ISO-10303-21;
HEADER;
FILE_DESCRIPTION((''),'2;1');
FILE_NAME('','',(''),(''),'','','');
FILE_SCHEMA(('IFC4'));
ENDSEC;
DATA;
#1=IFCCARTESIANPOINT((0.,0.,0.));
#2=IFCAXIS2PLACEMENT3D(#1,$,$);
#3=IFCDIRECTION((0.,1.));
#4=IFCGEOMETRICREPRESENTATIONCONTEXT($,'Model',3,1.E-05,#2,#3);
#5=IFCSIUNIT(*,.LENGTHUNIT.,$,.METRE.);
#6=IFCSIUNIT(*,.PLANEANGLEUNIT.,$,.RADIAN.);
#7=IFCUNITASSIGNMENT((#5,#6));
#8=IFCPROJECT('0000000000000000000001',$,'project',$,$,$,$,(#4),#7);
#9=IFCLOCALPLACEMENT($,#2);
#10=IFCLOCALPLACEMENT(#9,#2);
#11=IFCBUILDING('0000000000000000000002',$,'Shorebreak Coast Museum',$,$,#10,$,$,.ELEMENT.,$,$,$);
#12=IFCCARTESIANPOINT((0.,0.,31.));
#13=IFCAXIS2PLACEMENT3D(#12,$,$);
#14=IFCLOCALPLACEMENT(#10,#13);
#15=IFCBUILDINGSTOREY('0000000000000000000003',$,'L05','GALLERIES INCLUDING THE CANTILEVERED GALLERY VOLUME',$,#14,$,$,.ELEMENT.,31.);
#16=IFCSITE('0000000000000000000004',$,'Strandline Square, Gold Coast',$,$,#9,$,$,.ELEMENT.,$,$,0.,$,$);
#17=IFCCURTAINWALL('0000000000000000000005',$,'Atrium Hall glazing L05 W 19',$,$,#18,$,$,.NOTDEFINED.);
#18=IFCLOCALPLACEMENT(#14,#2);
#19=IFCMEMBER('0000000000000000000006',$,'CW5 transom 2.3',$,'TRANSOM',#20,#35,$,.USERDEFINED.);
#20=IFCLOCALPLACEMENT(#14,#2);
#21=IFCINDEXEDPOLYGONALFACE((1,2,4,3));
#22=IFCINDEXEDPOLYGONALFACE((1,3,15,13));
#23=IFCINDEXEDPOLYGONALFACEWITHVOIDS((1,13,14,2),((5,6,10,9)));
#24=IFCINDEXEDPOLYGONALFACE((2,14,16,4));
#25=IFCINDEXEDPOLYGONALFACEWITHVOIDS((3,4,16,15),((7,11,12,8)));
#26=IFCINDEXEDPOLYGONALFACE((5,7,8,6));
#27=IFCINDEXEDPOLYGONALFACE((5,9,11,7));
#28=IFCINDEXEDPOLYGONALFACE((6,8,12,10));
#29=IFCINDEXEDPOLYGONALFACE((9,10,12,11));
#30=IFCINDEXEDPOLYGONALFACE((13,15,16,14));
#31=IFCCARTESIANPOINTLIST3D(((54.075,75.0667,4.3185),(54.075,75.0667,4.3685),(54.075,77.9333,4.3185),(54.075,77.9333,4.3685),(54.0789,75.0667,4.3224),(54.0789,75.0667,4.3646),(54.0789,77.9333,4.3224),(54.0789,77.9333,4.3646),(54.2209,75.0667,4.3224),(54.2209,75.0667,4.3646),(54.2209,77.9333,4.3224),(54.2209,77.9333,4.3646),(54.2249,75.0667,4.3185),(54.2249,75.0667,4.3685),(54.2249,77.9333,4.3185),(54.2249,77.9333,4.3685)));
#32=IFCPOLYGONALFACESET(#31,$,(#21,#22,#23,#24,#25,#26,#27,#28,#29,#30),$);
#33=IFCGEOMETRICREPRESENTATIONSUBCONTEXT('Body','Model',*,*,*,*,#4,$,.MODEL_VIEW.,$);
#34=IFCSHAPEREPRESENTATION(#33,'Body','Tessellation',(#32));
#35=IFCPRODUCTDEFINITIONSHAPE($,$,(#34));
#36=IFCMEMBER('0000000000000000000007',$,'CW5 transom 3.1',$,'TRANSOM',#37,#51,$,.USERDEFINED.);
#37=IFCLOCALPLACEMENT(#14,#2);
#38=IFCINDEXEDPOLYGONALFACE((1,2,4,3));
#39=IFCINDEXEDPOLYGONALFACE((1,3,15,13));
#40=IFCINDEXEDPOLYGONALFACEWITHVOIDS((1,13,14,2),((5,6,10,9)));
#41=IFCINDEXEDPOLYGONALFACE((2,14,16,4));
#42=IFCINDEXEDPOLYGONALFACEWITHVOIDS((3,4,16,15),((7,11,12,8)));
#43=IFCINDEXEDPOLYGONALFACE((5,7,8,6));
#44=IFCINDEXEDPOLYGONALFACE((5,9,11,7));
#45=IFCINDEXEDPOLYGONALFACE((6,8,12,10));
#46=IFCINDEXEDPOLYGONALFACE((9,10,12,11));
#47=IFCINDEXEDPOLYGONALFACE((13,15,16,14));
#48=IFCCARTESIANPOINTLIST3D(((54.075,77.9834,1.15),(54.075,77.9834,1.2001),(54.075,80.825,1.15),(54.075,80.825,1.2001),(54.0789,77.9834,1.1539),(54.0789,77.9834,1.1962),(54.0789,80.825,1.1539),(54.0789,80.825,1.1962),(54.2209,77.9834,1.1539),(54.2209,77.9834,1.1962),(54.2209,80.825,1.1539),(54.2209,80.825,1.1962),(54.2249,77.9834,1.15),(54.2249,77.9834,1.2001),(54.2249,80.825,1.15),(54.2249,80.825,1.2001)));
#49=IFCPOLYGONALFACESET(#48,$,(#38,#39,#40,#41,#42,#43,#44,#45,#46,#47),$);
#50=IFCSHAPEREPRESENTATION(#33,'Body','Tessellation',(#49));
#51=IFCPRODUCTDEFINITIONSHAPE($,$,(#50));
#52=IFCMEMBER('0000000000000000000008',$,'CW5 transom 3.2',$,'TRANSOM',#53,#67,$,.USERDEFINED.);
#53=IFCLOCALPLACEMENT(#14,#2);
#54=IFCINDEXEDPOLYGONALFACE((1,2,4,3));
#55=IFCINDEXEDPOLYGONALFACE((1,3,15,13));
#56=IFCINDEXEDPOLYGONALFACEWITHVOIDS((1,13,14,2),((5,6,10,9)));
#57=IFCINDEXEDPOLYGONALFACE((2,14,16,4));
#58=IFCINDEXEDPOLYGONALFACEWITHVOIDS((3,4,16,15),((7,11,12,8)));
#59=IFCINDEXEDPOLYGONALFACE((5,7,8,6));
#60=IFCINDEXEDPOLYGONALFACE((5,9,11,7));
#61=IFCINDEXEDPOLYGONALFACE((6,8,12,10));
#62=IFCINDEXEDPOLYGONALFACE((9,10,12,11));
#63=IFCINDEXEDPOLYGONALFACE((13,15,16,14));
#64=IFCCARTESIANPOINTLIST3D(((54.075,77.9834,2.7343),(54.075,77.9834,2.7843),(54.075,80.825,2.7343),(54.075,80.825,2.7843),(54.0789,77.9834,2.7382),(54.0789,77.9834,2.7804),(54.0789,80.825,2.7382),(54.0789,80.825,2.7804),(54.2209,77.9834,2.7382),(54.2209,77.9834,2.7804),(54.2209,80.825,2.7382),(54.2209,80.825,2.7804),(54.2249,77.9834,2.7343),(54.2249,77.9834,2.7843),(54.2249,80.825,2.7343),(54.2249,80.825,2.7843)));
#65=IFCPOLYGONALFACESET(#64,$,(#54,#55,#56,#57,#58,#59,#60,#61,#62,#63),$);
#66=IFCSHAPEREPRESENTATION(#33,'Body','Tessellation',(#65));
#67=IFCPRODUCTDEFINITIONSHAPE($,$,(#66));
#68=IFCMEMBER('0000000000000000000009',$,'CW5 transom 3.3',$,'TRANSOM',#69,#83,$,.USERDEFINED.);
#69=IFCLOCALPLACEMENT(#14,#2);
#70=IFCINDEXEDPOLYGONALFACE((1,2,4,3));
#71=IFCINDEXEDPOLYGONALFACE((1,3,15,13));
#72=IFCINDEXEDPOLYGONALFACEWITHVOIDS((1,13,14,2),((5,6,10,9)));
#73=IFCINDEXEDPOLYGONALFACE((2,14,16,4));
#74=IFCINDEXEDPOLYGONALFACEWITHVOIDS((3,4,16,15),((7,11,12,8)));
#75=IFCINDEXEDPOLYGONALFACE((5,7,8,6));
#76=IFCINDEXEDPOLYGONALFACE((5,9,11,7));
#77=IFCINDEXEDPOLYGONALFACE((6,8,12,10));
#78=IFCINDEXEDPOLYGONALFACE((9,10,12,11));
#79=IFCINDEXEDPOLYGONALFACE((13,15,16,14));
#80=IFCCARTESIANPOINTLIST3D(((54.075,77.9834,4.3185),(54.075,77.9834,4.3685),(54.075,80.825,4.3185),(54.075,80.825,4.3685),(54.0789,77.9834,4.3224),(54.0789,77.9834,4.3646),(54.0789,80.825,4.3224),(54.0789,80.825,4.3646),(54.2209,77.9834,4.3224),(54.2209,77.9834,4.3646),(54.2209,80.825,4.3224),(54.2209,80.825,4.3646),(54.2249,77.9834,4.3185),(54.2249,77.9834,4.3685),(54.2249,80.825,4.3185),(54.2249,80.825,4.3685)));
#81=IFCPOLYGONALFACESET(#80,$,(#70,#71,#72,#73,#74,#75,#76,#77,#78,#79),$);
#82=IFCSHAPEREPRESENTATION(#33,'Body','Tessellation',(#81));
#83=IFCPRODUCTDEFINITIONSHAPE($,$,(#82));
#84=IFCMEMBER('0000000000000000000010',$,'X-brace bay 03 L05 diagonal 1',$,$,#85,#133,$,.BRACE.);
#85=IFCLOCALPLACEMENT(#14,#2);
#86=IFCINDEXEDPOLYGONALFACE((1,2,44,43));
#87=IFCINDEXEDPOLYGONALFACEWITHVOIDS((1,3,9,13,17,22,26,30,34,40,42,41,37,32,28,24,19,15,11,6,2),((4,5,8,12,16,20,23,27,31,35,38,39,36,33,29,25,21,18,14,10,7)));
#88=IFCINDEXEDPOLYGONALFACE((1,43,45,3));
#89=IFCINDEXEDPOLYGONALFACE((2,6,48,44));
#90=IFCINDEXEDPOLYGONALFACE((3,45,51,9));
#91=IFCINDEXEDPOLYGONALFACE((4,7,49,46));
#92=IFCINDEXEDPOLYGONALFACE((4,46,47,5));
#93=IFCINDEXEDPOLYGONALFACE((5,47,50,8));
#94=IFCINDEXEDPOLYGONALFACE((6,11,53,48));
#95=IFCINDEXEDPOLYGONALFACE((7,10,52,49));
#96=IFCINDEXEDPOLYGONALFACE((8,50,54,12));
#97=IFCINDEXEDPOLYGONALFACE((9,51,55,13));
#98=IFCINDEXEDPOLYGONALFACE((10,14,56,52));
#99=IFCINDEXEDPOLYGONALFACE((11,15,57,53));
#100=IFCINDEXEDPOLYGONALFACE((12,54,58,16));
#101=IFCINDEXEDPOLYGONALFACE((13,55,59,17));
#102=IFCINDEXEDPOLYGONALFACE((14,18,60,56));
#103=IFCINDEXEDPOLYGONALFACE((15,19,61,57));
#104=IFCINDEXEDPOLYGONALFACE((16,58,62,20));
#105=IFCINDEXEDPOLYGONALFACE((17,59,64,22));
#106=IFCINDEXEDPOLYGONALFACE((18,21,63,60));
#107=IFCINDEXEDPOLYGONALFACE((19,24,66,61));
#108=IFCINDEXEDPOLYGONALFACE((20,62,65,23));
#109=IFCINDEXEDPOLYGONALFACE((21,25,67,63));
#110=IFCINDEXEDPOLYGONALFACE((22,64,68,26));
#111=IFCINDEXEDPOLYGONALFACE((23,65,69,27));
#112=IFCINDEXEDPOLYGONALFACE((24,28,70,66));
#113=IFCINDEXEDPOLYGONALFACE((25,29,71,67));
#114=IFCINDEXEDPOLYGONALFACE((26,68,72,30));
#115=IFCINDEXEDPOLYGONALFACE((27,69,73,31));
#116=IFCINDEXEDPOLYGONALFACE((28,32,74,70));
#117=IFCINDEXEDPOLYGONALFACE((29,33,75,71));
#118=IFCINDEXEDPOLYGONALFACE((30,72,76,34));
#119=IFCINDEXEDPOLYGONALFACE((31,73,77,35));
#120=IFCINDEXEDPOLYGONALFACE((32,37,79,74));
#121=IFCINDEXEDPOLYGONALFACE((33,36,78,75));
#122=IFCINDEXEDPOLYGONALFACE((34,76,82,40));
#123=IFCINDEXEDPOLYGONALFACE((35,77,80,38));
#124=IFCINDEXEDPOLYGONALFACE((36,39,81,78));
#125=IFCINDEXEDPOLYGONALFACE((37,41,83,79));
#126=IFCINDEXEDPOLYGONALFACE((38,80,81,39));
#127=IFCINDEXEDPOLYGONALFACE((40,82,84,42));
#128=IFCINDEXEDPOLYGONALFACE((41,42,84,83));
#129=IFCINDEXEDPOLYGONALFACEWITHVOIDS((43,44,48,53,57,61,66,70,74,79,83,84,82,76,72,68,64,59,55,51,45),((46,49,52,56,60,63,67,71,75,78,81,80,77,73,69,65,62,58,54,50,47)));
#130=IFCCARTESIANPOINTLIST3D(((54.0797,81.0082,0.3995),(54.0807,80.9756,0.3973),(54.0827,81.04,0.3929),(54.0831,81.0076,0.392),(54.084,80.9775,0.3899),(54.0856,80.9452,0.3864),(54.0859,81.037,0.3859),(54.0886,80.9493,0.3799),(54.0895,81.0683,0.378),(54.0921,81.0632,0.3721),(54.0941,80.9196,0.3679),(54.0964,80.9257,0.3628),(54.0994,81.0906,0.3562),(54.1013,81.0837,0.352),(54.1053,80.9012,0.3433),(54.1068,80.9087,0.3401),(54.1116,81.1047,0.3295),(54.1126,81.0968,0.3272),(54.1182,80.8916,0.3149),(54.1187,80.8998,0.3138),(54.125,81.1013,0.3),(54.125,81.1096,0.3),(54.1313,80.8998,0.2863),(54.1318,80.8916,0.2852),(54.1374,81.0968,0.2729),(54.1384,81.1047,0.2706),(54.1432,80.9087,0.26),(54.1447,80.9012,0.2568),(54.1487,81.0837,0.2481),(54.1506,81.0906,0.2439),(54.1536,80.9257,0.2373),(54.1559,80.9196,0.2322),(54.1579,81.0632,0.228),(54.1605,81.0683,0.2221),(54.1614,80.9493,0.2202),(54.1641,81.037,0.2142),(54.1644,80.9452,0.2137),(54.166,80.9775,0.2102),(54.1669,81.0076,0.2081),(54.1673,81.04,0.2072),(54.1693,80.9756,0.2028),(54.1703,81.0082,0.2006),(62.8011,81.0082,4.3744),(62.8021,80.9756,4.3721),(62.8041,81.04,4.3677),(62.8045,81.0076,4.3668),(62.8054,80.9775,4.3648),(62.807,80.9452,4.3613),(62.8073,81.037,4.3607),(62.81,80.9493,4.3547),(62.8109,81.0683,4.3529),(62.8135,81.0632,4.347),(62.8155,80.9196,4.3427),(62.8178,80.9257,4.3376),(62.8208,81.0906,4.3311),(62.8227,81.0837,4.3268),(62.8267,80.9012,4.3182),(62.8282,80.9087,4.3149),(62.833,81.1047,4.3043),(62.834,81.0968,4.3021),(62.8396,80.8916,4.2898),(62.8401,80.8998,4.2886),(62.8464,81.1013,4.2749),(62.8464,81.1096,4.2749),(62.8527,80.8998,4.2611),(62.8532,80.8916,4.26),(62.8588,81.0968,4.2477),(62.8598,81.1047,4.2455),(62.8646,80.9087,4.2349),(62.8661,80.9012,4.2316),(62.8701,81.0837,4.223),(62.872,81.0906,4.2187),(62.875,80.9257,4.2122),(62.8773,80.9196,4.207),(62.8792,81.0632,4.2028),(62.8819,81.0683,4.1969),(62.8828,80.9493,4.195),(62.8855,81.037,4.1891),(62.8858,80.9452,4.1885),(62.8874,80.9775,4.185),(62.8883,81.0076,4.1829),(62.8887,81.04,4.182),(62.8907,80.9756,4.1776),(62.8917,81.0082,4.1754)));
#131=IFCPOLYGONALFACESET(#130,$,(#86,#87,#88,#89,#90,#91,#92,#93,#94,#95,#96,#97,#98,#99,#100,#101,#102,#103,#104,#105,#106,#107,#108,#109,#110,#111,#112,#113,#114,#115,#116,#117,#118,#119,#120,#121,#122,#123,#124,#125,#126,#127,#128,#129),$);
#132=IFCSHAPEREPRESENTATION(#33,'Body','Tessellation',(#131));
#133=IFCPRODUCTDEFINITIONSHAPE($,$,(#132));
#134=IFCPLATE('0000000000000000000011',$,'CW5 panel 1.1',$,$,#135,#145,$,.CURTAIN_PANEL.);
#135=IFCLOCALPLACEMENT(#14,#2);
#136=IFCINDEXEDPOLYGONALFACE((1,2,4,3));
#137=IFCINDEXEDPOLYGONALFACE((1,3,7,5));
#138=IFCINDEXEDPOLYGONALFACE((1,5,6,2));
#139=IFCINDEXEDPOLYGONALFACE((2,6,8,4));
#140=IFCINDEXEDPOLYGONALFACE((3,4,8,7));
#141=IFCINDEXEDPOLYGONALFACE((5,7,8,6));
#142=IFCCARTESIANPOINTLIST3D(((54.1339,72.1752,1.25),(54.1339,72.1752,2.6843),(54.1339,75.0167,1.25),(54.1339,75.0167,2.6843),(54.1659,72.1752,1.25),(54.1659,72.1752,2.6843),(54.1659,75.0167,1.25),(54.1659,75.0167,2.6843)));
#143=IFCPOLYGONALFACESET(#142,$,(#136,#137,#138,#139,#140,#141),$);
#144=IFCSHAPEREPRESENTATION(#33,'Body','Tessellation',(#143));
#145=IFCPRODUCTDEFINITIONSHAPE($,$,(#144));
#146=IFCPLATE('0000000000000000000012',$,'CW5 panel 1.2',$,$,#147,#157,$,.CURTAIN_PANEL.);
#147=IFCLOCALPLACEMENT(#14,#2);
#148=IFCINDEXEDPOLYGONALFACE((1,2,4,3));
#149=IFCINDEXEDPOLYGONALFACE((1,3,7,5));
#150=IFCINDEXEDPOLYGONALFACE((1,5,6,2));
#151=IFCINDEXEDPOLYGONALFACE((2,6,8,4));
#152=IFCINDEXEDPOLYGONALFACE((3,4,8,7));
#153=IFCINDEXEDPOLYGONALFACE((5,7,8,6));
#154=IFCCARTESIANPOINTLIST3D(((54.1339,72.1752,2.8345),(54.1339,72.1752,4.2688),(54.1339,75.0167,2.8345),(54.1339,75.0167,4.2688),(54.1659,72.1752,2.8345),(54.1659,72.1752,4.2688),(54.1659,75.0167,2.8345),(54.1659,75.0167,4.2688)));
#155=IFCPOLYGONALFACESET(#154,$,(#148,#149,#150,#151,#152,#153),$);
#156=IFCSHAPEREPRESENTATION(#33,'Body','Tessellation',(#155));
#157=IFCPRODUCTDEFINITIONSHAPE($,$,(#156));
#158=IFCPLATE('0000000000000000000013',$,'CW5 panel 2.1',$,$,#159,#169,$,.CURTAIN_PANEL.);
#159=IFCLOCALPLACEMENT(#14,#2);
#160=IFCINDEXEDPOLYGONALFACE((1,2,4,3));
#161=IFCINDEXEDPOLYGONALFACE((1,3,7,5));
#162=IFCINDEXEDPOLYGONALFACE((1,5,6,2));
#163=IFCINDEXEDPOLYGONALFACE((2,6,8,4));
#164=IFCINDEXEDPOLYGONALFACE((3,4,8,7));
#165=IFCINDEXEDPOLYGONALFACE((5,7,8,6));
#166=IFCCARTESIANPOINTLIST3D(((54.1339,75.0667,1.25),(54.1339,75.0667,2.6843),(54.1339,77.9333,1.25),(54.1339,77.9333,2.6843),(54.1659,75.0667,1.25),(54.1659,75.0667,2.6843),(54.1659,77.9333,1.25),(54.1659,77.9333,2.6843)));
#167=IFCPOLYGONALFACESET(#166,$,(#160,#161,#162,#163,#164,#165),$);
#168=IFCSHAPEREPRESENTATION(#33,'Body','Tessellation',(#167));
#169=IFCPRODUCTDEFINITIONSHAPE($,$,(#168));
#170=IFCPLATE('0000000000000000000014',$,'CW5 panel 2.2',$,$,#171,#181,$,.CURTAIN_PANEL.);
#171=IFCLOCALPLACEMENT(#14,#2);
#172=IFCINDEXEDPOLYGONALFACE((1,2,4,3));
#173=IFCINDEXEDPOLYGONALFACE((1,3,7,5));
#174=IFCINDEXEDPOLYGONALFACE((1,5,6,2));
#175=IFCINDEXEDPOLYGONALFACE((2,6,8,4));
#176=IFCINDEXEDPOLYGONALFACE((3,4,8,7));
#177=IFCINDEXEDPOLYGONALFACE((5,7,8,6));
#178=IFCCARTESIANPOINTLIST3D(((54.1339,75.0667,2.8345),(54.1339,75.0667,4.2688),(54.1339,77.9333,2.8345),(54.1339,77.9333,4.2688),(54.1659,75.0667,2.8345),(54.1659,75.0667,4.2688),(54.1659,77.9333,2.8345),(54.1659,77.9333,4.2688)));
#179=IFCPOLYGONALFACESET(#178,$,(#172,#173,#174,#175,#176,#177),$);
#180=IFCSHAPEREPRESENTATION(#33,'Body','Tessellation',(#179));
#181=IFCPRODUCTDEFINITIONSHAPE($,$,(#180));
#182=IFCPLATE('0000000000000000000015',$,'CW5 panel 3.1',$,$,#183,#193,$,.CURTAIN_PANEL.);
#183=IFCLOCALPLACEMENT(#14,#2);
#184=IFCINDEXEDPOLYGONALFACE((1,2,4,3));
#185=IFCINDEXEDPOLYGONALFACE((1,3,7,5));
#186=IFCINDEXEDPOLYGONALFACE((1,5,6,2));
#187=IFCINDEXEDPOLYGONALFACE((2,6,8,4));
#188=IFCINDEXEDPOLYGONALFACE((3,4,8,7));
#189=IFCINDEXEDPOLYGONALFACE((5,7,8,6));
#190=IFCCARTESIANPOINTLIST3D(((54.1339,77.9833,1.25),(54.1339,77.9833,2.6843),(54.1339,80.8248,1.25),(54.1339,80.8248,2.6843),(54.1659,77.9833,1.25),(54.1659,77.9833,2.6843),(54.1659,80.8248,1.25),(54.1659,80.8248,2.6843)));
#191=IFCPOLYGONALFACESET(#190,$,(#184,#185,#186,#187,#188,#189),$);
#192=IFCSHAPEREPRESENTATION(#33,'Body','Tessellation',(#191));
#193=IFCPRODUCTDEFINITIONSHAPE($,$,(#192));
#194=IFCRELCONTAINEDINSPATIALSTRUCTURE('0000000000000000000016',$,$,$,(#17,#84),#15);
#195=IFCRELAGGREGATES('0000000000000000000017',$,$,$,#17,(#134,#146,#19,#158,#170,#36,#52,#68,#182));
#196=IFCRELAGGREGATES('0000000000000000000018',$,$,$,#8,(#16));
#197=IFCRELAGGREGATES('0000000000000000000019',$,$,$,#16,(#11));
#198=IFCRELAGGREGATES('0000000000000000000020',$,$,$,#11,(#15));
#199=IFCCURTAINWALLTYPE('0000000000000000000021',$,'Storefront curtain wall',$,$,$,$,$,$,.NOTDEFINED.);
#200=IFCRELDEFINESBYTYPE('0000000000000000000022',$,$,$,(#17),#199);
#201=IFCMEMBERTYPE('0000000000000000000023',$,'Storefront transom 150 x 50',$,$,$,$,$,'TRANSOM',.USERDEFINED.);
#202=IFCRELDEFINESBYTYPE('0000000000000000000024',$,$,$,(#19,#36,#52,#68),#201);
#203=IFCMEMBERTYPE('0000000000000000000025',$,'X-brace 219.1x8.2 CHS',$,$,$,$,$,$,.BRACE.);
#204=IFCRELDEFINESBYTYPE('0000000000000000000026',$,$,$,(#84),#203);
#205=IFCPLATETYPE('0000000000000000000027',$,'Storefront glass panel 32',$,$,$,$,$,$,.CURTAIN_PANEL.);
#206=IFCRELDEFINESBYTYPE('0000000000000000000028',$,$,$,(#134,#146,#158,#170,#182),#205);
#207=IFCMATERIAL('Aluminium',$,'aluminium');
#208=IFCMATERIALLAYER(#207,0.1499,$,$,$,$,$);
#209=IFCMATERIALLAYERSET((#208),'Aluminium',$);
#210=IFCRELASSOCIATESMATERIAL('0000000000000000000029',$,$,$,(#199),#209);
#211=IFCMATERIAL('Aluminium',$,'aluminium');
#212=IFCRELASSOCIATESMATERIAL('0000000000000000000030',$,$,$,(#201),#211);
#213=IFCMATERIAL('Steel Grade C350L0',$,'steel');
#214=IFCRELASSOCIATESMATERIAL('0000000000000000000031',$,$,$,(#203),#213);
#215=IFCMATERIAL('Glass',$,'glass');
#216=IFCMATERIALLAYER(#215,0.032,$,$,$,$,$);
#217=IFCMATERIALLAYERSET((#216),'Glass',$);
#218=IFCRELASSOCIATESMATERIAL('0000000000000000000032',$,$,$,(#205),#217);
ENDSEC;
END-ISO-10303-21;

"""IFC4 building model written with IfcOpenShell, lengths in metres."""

from ifc_helpers import new_model, si_unit, direction, frame, origin, origin_2d, place, context, subcontext, project, spatial, rectangle, hollow_rectangle, hollow_circle, extrude, material, layer, layer_set, material_profile, profile_set, type_object, element, aggregate, save


model = new_model("IFC4")

# Units and contexts
model_context = context("Model", 3, precision=1e-05, world=origin(), true_north=direction((0.0, 1.0)))
body_context = subcontext(model_context, "Body", "Model", "MODEL_VIEW")
ifc_project = project(units=[si_unit("LENGTHUNIT", "METRE"), si_unit("PLANEANGLEUNIT", "RADIAN")], contexts=[model_context])

# Site, building, storey
site_placement = place(None, origin())
site = spatial("IfcSite", under=ifc_project, at=site_placement, Name="Strandline Square, Gold Coast", CompositionType="ELEMENT", RefElevation=0.0)
building_placement = place(site_placement, origin())
building = spatial("IfcBuilding", under=site, at=building_placement, Name="Shorebreak Coast Museum", CompositionType="ELEMENT")
storey_placement = place(building_placement, frame((0.0, 0.0, 31.0)))
storey = spatial("IfcBuildingStorey", under=building, at=storey_placement, Name="L05", Description="GALLERIES INCLUDING THE CANTILEVERED GALLERY VOLUME", CompositionType="ELEMENT", Elevation=31.0)

# Curtain wall, members
ifc_material_1 = material(Name="Aluminium", Category="aluminium")
ifc_layer_1 = layer(ifc_material_1, 0.1499)
ifc_layer_set_1 = layer_set([ifc_layer_1], Name="Aluminium")
curtain_wall_type = type_object("IfcCurtainWallType", Name="Storefront curtain wall", PredefinedType="NOTDEFINED", material=ifc_layer_set_1)
curtain_wall_placement = place(storey_placement, origin())
curtain_wall = element("IfcCurtainWall", 1, at=curtain_wall_placement, inside=storey, type_object=curtain_wall_type, Name="Atrium Hall glazing L05 W 19", PredefinedType="NOTDEFINED")
ifc_material_2 = material(Name="Aluminium", Category="aluminium")
ifc_material_profile_1 = material_profile(ifc_material_2, hollow_rectangle(XDim=0.1499, YDim=0.05, WallThickness=0.0039, at=origin_2d()), Name="AL 50x150 RHS")
ifc_profile_set_1 = profile_set([ifc_material_profile_1], Name="Aluminium")
member_type_1 = type_object("IfcMemberType", Name="Storefront transom 150 x 50", ElementType="TRANSOM", PredefinedType="USERDEFINED", material=ifc_profile_set_1)
member_1_placement = place(storey_placement, frame((54.1499, 75.0667, 4.3435), z_axis=(0.0, 1.0, 0.0), x_axis=(-1.0, 0.0, 0.0)))
member_1 = element("IfcMember", 2, at=member_1_placement, type_object=member_type_1, Name="CW5 transom 2.3", ObjectType="TRANSOM", PredefinedType="USERDEFINED", context=body_context, shape_type="SweptSolid", body=[
    extrude(hollow_rectangle(XDim=0.1499, YDim=0.05, WallThickness=0.0039, at=origin_2d()), origin(), (0.0, 0.0, 1.0), 2.8667),
])
member_2_placement = place(storey_placement, frame((54.1499, 77.9834, 1.175), z_axis=(0.0, 1.0, 0.0), x_axis=(-1.0, 0.0, 0.0)))
member_2 = element("IfcMember", 3, at=member_2_placement, type_object=member_type_1, Name="CW5 transom 3.1", ObjectType="TRANSOM", PredefinedType="USERDEFINED", context=body_context, shape_type="SweptSolid", body=[
    extrude(hollow_rectangle(XDim=0.1499, YDim=0.05, WallThickness=0.0039, at=origin_2d()), origin(), (0.0, 0.0, 1.0), 2.8416),
])
member_3_placement = place(storey_placement, frame((54.1499, 77.9834, 2.7593), z_axis=(0.0, 1.0, 0.0), x_axis=(-1.0, 0.0, 0.0)))
member_3 = element("IfcMember", 4, at=member_3_placement, type_object=member_type_1, Name="CW5 transom 3.2", ObjectType="TRANSOM", PredefinedType="USERDEFINED", context=body_context, shape_type="SweptSolid", body=[
    extrude(hollow_rectangle(XDim=0.1499, YDim=0.05, WallThickness=0.0039, at=origin_2d()), origin(), (0.0, 0.0, 1.0), 2.8416),
])
member_4_placement = place(storey_placement, frame((54.1499, 77.9834, 4.3435), z_axis=(0.0, 1.0, 0.0), x_axis=(-1.0, 0.0, 0.0)))
member_4 = element("IfcMember", 5, at=member_4_placement, type_object=member_type_1, Name="CW5 transom 3.3", ObjectType="TRANSOM", PredefinedType="USERDEFINED", context=body_context, shape_type="SweptSolid", body=[
    extrude(hollow_rectangle(XDim=0.1499, YDim=0.05, WallThickness=0.0039, at=origin_2d()), origin(), (0.0, 0.0, 1.0), 2.8416),
])

# Member
ifc_material_3 = material(Name="Steel Grade C350L0", Category="steel")
ifc_material_profile_2 = material_profile(ifc_material_3, hollow_circle(Radius=0.1096, WallThickness=0.0083, at=origin_2d()), Name="219.1x8.2 CHS")
ifc_profile_set_2 = profile_set([ifc_material_profile_2], Name="Steel Grade C350L0")
member_type_2 = type_object("IfcMemberType", Name="X-brace 219.1x8.2 CHS", PredefinedType="BRACE", material=ifc_profile_set_2)
member_5_placement = place(storey_placement, frame((54.125, 81.0, 0.3), z_axis=(0.909951, 0.0, 0.414716), x_axis=(0.0, 1.0, 0.0)))
element("IfcMember", 6, at=member_5_placement, inside=storey, type_object=member_type_2, Name="X-brace bay 03 L05 diagonal 1", PredefinedType="BRACE", context=body_context, shape_type="SweptSolid", body=[
    extrude(hollow_circle(Radius=0.1096, WallThickness=0.0083, at=origin_2d()), origin(), (0.0, 0.0, 1.0), 9.5845),
])

# Plates
ifc_material_4 = material(Name="Glass", Category="glass")
ifc_layer_2 = layer(ifc_material_4, 0.032)
ifc_layer_set_2 = layer_set([ifc_layer_2], Name="Glass")
plate_type = type_object("IfcPlateType", Name="Storefront glass panel 32", PredefinedType="CURTAIN_PANEL", material=ifc_layer_set_2)
plate_1_placement = place(storey_placement, frame((54.1499, 73.5959, 1.25), z_axis=(0.0, 0.0, 1.0), x_axis=(0.0, 1.0, 0.0)))
plate_1 = element("IfcPlate", 7, at=plate_1_placement, type_object=plate_type, Name="CW5 panel 1.1", PredefinedType="CURTAIN_PANEL", context=body_context, shape_type="SweptSolid", body=[
    extrude(rectangle(XDim=2.8416, YDim=0.032, at=origin_2d()), origin(), (0.0, 0.0, 1.0), 1.4343),
])
plate_2_placement = place(storey_placement, frame((54.1499, 73.5959, 2.8345), z_axis=(0.0, 0.0, 1.0), x_axis=(0.0, 1.0, 0.0)))
plate_2 = element("IfcPlate", 8, at=plate_2_placement, type_object=plate_type, Name="CW5 panel 1.2", PredefinedType="CURTAIN_PANEL", context=body_context, shape_type="SweptSolid", body=[
    extrude(rectangle(XDim=2.8416, YDim=0.032, at=origin_2d()), origin(), (0.0, 0.0, 1.0), 1.4343),
])
plate_3_placement = place(storey_placement, frame((54.1499, 76.5, 1.25), z_axis=(0.0, 0.0, 1.0), x_axis=(0.0, 1.0, 0.0)))
plate_3 = element("IfcPlate", 9, at=plate_3_placement, type_object=plate_type, Name="CW5 panel 2.1", PredefinedType="CURTAIN_PANEL", context=body_context, shape_type="SweptSolid", body=[
    extrude(rectangle(XDim=2.8667, YDim=0.032, at=origin_2d()), origin(), (0.0, 0.0, 1.0), 1.4343),
])
plate_4_placement = place(storey_placement, frame((54.1499, 76.5, 2.8345), z_axis=(0.0, 0.0, 1.0), x_axis=(0.0, 1.0, 0.0)))
plate_4 = element("IfcPlate", 10, at=plate_4_placement, type_object=plate_type, Name="CW5 panel 2.2", PredefinedType="CURTAIN_PANEL", context=body_context, shape_type="SweptSolid", body=[
    extrude(rectangle(XDim=2.8667, YDim=0.032, at=origin_2d()), origin(), (0.0, 0.0, 1.0), 1.4343),
])
plate_5_placement = place(storey_placement, frame((54.1499, 79.4041, 1.25), z_axis=(0.0, 0.0, 1.0), x_axis=(0.0, 1.0, 0.0)))
plate_5 = element("IfcPlate", 11, at=plate_5_placement, type_object=plate_type, Name="CW5 panel 3.1", PredefinedType="CURTAIN_PANEL", context=body_context, shape_type="SweptSolid", body=[
    extrude(rectangle(XDim=2.8416, YDim=0.032, at=origin_2d()), origin(), (0.0, 0.0, 1.0), 1.4343),
])
aggregate(curtain_wall, [plate_1, plate_2, member_1, plate_3, plate_4, member_2, member_3, member_4, plate_5])

save(model, "model.ifc")
